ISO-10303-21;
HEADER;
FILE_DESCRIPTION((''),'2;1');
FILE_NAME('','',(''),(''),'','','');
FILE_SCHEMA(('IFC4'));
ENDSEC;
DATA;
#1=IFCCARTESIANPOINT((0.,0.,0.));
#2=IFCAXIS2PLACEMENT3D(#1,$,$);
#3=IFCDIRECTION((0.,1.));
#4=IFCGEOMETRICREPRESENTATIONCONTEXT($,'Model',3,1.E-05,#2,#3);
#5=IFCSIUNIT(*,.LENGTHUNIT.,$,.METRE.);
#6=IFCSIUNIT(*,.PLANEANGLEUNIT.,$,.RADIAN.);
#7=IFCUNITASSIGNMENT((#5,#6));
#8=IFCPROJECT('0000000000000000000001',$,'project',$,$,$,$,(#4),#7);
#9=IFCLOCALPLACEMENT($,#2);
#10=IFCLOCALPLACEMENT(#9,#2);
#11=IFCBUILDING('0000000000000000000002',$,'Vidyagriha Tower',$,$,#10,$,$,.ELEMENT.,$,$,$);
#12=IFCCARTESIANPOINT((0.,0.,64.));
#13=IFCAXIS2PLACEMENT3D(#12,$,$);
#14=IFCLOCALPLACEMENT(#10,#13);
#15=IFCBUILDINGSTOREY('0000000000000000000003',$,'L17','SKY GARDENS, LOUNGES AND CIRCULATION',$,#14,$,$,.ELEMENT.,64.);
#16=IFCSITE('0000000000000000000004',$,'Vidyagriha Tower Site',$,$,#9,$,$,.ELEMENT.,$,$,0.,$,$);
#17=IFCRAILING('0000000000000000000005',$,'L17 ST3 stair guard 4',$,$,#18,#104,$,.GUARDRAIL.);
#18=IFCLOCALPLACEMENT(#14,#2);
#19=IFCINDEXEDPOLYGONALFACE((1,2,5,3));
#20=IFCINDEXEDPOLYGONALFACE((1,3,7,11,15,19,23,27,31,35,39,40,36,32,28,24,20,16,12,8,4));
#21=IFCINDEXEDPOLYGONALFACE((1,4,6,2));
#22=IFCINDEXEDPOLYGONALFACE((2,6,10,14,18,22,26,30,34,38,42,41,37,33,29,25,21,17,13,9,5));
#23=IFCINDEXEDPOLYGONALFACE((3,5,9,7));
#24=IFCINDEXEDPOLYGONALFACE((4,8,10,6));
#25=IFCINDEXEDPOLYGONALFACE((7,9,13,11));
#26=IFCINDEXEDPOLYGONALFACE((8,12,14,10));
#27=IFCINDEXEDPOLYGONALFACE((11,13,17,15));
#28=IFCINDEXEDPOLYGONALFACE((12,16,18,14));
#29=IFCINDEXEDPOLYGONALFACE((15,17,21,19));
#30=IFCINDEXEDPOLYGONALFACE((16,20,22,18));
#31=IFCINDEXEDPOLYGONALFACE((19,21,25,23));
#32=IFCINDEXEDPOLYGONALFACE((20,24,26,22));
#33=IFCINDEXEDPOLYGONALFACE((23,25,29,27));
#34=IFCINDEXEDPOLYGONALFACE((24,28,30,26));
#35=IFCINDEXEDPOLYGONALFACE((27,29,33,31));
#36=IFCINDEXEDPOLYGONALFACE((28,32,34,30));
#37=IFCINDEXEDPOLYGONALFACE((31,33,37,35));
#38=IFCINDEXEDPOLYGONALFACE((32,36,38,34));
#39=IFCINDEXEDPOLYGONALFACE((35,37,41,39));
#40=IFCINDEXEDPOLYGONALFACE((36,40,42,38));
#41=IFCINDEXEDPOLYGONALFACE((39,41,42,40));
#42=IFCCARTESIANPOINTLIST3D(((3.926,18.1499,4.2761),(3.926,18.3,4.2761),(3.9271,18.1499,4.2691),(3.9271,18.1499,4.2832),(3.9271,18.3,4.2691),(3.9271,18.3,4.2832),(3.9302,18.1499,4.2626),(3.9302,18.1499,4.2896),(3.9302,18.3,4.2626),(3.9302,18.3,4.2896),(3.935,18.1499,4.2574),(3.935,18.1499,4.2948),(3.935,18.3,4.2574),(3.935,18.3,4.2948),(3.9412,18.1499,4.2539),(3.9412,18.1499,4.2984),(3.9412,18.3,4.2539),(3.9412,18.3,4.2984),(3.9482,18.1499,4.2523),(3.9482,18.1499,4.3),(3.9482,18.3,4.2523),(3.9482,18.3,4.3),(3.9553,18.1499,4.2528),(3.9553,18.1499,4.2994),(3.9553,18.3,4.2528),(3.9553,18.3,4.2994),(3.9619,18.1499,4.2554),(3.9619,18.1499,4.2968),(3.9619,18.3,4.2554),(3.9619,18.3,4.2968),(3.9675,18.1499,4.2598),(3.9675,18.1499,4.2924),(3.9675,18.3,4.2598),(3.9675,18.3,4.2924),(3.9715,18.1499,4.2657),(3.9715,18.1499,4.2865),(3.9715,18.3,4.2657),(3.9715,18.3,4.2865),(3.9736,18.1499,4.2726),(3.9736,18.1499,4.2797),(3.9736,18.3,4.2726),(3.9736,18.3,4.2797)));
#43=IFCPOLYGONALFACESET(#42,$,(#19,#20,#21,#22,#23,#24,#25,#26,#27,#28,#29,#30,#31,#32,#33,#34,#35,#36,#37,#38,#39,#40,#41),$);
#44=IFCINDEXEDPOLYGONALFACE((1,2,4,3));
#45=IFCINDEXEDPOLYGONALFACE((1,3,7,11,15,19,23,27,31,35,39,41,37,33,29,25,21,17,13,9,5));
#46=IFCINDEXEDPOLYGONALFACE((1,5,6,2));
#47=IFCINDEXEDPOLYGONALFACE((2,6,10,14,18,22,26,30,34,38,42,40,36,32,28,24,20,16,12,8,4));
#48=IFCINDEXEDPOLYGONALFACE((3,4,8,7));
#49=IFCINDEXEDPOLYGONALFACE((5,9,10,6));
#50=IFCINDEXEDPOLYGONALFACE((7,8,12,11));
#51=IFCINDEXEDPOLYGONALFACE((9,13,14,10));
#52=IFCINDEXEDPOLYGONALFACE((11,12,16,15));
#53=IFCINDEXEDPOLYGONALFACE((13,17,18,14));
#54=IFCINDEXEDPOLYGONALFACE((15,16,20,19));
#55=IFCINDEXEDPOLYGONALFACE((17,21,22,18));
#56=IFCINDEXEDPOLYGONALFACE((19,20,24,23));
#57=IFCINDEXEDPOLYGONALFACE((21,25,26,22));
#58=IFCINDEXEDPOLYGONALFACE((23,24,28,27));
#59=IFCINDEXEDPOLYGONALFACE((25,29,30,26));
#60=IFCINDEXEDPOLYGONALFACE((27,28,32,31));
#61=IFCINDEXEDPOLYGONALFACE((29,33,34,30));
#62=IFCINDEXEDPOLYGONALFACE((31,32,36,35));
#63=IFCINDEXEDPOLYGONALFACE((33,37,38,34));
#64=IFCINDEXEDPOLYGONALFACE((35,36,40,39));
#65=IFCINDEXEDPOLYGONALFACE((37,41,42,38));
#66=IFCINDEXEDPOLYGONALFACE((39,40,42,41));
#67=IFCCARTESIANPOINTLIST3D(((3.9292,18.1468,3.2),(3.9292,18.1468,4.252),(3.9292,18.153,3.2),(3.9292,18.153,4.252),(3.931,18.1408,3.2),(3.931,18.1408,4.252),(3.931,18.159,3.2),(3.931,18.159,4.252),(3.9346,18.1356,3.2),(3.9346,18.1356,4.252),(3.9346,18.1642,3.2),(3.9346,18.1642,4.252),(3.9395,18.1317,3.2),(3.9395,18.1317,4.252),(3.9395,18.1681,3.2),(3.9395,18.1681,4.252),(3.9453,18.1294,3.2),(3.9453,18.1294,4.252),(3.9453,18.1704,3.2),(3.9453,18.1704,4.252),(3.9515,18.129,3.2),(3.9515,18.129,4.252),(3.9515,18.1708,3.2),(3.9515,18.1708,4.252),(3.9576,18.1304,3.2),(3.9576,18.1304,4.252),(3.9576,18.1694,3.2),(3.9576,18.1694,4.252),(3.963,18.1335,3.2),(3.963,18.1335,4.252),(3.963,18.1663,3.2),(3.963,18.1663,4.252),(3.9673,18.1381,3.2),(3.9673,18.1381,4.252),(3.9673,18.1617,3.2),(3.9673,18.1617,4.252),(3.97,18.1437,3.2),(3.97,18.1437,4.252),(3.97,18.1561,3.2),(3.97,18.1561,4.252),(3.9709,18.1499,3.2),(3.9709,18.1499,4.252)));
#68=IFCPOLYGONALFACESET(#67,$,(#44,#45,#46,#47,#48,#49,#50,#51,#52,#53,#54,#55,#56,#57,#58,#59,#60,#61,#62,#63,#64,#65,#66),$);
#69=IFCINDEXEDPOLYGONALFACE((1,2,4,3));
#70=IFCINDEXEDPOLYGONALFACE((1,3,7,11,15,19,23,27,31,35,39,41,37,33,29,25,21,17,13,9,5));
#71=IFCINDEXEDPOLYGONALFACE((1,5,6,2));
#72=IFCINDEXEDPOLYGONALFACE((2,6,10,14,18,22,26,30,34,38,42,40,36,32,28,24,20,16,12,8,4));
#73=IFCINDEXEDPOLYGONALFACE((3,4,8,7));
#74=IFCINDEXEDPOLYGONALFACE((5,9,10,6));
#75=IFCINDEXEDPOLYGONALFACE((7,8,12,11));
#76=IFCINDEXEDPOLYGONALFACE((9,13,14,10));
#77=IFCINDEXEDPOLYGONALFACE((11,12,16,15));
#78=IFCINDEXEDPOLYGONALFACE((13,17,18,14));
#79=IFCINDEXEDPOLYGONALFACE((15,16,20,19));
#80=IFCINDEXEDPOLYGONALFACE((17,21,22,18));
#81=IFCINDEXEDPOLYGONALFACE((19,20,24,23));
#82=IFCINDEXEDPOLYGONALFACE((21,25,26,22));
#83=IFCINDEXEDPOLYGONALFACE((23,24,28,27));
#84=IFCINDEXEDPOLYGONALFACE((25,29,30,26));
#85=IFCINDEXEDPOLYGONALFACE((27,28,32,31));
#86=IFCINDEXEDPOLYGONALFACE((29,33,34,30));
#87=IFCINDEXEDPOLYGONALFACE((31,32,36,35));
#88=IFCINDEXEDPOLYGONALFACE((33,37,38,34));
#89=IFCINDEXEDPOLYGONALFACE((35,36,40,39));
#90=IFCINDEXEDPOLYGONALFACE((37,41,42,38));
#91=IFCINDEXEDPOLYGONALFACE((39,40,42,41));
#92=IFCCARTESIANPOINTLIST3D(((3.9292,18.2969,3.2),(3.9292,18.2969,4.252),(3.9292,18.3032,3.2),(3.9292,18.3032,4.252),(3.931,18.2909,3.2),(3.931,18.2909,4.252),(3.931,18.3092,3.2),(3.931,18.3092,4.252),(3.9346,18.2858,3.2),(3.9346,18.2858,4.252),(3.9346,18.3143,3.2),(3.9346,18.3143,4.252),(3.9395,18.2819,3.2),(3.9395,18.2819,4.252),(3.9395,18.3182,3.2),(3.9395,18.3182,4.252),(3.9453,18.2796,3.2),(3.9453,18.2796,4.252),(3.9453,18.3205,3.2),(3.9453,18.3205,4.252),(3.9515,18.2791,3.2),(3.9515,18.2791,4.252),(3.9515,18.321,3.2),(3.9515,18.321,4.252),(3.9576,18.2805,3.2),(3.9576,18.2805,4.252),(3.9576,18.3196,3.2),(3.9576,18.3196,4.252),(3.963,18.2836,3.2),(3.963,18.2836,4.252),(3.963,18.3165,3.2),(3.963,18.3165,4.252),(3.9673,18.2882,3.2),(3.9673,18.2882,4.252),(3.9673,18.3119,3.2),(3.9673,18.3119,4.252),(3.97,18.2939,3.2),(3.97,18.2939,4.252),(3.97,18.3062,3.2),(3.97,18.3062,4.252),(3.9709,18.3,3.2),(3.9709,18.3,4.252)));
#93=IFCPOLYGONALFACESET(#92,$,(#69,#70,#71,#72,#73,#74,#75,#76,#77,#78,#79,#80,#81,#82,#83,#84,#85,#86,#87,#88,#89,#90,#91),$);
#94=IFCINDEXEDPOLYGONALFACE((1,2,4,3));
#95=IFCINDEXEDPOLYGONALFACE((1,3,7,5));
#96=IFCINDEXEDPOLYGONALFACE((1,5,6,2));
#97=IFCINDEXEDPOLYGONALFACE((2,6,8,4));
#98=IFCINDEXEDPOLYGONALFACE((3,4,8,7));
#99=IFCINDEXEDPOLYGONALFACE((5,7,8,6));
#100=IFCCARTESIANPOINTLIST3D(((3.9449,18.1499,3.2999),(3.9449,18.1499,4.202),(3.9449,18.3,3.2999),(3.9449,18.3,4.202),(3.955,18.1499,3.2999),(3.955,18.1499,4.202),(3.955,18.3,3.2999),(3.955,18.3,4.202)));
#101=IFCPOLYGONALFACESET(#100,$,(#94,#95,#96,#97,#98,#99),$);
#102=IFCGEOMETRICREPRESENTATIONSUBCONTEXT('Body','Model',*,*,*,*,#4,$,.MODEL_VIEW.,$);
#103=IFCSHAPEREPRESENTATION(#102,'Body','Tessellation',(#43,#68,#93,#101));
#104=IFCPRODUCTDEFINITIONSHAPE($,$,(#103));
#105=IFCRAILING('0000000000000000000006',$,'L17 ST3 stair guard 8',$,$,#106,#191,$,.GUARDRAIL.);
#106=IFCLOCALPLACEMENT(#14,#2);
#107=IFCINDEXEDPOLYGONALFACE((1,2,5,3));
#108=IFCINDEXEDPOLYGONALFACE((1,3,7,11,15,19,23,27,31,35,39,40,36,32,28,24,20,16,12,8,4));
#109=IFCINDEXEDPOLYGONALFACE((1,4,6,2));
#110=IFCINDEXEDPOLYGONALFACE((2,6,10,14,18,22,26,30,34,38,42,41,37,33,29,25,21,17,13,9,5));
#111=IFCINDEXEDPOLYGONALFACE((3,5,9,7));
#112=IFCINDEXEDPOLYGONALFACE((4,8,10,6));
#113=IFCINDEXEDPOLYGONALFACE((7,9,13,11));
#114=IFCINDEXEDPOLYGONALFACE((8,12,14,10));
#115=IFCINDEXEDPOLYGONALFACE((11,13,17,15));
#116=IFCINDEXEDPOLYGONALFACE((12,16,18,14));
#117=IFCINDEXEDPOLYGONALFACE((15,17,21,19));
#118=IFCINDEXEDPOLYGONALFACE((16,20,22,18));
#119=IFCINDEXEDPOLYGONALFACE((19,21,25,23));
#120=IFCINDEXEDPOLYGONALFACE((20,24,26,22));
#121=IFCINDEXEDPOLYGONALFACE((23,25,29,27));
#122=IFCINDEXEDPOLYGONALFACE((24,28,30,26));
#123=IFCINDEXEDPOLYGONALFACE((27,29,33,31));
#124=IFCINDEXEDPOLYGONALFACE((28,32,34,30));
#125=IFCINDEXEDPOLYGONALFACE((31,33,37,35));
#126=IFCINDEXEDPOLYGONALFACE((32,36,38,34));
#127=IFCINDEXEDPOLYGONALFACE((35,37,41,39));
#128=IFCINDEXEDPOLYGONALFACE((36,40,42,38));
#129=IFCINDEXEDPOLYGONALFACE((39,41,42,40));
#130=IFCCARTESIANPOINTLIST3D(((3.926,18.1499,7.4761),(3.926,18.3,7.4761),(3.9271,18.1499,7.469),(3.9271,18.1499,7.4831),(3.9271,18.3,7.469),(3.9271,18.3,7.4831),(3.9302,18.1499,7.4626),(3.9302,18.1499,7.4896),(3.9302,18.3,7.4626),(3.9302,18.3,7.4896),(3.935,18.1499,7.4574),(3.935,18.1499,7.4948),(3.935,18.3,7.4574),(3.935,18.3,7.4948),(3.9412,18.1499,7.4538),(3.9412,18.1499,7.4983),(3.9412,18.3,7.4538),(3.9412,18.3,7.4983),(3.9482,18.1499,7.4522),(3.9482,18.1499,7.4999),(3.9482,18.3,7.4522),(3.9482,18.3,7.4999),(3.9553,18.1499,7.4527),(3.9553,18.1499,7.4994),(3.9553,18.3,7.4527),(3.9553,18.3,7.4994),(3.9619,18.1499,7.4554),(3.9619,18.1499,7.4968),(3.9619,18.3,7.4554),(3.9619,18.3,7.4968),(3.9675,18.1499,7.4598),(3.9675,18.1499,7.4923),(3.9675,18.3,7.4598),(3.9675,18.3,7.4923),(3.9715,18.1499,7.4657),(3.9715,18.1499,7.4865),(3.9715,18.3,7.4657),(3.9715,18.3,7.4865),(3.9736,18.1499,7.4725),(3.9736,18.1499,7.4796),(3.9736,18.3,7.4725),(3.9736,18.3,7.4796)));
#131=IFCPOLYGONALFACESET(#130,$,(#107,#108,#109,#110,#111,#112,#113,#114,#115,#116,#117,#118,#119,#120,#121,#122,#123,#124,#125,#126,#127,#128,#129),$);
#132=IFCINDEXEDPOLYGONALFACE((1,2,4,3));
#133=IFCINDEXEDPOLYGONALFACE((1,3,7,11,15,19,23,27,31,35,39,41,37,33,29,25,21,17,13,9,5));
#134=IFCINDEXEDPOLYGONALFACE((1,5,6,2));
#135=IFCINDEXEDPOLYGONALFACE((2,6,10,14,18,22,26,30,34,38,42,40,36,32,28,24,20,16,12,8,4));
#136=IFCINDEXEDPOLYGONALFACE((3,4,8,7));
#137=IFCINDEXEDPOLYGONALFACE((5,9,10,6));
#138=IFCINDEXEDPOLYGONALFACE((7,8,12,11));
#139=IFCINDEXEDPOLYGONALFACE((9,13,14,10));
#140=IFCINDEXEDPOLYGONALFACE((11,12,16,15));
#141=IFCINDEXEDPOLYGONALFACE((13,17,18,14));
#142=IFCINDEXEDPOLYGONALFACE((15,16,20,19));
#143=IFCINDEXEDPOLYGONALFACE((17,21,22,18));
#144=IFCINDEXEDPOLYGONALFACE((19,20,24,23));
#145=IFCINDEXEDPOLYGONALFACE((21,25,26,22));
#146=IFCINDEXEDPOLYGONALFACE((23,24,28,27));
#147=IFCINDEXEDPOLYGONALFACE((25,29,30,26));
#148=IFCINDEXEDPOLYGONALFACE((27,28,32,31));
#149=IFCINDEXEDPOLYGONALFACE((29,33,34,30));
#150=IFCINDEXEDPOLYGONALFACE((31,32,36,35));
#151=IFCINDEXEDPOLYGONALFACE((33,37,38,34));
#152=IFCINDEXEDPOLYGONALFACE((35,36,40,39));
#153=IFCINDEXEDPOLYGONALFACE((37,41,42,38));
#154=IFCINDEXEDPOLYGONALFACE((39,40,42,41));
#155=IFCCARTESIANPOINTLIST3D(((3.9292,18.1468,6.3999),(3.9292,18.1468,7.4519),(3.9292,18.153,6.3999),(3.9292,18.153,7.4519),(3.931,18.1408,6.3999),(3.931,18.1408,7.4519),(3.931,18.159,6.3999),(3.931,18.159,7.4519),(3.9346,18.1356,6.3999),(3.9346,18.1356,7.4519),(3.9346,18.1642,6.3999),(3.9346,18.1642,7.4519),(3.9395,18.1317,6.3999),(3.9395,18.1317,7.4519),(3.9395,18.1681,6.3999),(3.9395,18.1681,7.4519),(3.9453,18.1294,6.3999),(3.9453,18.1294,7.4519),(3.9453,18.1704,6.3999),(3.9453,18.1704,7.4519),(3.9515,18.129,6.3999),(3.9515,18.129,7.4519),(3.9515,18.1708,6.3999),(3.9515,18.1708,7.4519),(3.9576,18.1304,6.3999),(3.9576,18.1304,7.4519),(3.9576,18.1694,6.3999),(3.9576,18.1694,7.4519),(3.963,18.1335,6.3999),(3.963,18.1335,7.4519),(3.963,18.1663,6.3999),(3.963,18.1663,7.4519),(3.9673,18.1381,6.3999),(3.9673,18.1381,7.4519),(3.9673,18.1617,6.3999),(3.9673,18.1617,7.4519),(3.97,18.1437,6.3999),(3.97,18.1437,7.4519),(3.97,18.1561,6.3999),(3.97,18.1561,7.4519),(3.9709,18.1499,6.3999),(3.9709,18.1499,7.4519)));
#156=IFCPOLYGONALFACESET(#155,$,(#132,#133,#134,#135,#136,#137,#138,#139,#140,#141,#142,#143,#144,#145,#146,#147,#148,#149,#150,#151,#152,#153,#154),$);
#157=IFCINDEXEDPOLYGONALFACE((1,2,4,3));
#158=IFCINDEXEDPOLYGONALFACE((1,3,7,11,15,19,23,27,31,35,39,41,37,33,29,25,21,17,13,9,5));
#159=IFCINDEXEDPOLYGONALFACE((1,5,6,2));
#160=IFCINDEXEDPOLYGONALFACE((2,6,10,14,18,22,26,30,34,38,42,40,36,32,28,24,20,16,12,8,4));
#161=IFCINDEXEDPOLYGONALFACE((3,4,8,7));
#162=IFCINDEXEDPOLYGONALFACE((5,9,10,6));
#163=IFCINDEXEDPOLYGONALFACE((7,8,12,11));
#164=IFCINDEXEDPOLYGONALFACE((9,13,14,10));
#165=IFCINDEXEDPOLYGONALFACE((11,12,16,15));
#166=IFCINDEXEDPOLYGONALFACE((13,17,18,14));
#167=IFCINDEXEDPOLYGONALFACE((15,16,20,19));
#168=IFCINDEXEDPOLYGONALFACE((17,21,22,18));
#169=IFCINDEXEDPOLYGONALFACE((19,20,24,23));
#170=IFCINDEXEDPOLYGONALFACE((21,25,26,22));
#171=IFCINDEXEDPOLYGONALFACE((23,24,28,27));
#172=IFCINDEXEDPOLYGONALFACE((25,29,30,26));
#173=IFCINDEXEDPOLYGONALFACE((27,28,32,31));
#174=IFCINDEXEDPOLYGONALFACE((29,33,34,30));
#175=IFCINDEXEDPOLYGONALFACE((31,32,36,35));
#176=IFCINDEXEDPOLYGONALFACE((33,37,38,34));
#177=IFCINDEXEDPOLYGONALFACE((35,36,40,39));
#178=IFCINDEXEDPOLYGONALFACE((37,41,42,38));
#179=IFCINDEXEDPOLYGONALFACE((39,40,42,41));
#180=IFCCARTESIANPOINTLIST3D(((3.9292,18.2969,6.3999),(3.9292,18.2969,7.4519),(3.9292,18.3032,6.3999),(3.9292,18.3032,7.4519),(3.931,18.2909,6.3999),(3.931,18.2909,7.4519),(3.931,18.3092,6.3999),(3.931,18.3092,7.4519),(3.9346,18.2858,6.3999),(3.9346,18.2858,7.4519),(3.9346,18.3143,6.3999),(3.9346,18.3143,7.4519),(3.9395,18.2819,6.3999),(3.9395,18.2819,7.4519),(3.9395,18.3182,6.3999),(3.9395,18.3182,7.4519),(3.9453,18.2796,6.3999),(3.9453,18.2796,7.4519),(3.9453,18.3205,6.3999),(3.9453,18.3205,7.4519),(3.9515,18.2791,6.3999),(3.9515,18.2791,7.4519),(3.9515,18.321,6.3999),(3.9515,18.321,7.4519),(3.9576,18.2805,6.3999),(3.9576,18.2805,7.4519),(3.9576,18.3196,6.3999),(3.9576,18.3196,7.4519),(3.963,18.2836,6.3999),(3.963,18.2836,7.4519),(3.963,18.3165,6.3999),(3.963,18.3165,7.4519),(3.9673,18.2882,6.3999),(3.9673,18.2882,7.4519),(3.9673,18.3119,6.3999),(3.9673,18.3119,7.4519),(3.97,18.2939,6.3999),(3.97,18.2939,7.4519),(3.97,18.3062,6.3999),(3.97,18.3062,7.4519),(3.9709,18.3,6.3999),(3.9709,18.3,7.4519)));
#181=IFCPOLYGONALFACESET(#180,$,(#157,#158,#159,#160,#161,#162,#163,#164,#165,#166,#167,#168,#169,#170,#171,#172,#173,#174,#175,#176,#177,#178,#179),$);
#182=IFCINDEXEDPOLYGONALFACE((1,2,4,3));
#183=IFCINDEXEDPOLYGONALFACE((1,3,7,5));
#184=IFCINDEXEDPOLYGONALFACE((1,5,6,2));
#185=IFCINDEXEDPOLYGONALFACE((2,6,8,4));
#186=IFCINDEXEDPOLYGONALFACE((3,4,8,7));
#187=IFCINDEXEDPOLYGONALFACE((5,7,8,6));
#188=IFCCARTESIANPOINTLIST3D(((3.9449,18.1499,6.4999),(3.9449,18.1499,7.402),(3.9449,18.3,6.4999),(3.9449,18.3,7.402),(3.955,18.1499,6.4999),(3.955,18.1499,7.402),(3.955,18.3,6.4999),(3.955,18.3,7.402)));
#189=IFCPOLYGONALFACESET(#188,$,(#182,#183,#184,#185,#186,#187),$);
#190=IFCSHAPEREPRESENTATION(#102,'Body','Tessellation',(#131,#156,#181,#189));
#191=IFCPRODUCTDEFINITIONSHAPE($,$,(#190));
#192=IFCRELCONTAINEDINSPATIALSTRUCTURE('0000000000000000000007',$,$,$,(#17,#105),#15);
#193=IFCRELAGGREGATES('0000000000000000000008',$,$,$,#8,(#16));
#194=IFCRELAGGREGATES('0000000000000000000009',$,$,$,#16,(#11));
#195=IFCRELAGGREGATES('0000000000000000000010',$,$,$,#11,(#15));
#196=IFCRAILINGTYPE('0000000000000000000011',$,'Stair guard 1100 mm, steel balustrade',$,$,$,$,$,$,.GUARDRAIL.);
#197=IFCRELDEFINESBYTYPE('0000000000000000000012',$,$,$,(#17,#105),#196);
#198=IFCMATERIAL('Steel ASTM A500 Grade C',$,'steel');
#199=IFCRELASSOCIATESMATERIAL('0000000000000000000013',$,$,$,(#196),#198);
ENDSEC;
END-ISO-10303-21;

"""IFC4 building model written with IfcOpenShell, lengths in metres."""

from ifc_helpers import new_model, si_unit, direction, frame, origin, origin_2d, place, context, subcontext, project, spatial, rectangle, circle, extrude, material, type_object, element, save


model = new_model("IFC4")

# Units and contexts
model_context = context("Model", 3, precision=1e-05, world=origin(), true_north=direction((0.0, 1.0)))
body_context = subcontext(model_context, "Body", "Model", "MODEL_VIEW")
ifc_project = project(units=[si_unit("LENGTHUNIT", "METRE"), si_unit("PLANEANGLEUNIT", "RADIAN")], contexts=[model_context])

# Site, building, storey
site_placement = place(None, origin())
site = spatial("IfcSite", under=ifc_project, at=site_placement, Name="Vidyagriha Tower Site", CompositionType="ELEMENT", RefElevation=0.0)
building_placement = place(site_placement, origin())
building = spatial("IfcBuilding", under=site, at=building_placement, Name="Vidyagriha Tower", CompositionType="ELEMENT")
storey_placement = place(building_placement, frame((0.0, 0.0, 64.0)))
storey = spatial("IfcBuildingStorey", under=building, at=storey_placement, Name="L17", Description="SKY GARDENS, LOUNGES AND CIRCULATION", CompositionType="ELEMENT", Elevation=64.0)

# Railings
ifc_material_1 = material(Name="Steel ASTM A500 Grade C", Category="steel")
railing_type_1 = type_object("IfcRailingType", Name="Stair guard 1100 mm, steel balustrade", PredefinedType="GUARDRAIL", material=ifc_material_1)
for number, where, name in (
    (1, (3.95, 18.1499, 3.2), "L17 ST3 stair guard 4"),
    (2, (3.95, 18.1499, 6.3999), "L17 ST3 stair guard 8"),
):
    element("IfcRailing", number, at=place(storey_placement, frame(where)), inside=storey, type_object=railing_type_1, Name=name, PredefinedType="GUARDRAIL", context=body_context, shape_type="SweptSolid", body=[
        extrude(circle(Radius=0.0239, at=origin_2d()), frame((0.0, 0.0, 1.0762), z_axis=(0.0, 1.0, 0.0), x_axis=(-1.0, 0.0, 0.0)), (0.0, 0.0, 1.0), 0.1501),
        extrude(circle(Radius=0.021, at=origin_2d()), origin(), (0.0, 0.0, 1.0), 1.052),
        extrude(circle(Radius=0.021, at=origin_2d()), frame((0.0, 0.1501, 0.0)), (0.0, 0.0, 1.0), 1.052),
        extrude(rectangle(XDim=0.01, YDim=0.9021, at=origin_2d()), frame((0.0, 0.0, 0.551), z_axis=(0.0, 1.0, 0.0), x_axis=(-1.0, 0.0, 0.0)), (0.0, 0.0, 1.0), 0.1501),
    ])

save(model, "model.ifc")
